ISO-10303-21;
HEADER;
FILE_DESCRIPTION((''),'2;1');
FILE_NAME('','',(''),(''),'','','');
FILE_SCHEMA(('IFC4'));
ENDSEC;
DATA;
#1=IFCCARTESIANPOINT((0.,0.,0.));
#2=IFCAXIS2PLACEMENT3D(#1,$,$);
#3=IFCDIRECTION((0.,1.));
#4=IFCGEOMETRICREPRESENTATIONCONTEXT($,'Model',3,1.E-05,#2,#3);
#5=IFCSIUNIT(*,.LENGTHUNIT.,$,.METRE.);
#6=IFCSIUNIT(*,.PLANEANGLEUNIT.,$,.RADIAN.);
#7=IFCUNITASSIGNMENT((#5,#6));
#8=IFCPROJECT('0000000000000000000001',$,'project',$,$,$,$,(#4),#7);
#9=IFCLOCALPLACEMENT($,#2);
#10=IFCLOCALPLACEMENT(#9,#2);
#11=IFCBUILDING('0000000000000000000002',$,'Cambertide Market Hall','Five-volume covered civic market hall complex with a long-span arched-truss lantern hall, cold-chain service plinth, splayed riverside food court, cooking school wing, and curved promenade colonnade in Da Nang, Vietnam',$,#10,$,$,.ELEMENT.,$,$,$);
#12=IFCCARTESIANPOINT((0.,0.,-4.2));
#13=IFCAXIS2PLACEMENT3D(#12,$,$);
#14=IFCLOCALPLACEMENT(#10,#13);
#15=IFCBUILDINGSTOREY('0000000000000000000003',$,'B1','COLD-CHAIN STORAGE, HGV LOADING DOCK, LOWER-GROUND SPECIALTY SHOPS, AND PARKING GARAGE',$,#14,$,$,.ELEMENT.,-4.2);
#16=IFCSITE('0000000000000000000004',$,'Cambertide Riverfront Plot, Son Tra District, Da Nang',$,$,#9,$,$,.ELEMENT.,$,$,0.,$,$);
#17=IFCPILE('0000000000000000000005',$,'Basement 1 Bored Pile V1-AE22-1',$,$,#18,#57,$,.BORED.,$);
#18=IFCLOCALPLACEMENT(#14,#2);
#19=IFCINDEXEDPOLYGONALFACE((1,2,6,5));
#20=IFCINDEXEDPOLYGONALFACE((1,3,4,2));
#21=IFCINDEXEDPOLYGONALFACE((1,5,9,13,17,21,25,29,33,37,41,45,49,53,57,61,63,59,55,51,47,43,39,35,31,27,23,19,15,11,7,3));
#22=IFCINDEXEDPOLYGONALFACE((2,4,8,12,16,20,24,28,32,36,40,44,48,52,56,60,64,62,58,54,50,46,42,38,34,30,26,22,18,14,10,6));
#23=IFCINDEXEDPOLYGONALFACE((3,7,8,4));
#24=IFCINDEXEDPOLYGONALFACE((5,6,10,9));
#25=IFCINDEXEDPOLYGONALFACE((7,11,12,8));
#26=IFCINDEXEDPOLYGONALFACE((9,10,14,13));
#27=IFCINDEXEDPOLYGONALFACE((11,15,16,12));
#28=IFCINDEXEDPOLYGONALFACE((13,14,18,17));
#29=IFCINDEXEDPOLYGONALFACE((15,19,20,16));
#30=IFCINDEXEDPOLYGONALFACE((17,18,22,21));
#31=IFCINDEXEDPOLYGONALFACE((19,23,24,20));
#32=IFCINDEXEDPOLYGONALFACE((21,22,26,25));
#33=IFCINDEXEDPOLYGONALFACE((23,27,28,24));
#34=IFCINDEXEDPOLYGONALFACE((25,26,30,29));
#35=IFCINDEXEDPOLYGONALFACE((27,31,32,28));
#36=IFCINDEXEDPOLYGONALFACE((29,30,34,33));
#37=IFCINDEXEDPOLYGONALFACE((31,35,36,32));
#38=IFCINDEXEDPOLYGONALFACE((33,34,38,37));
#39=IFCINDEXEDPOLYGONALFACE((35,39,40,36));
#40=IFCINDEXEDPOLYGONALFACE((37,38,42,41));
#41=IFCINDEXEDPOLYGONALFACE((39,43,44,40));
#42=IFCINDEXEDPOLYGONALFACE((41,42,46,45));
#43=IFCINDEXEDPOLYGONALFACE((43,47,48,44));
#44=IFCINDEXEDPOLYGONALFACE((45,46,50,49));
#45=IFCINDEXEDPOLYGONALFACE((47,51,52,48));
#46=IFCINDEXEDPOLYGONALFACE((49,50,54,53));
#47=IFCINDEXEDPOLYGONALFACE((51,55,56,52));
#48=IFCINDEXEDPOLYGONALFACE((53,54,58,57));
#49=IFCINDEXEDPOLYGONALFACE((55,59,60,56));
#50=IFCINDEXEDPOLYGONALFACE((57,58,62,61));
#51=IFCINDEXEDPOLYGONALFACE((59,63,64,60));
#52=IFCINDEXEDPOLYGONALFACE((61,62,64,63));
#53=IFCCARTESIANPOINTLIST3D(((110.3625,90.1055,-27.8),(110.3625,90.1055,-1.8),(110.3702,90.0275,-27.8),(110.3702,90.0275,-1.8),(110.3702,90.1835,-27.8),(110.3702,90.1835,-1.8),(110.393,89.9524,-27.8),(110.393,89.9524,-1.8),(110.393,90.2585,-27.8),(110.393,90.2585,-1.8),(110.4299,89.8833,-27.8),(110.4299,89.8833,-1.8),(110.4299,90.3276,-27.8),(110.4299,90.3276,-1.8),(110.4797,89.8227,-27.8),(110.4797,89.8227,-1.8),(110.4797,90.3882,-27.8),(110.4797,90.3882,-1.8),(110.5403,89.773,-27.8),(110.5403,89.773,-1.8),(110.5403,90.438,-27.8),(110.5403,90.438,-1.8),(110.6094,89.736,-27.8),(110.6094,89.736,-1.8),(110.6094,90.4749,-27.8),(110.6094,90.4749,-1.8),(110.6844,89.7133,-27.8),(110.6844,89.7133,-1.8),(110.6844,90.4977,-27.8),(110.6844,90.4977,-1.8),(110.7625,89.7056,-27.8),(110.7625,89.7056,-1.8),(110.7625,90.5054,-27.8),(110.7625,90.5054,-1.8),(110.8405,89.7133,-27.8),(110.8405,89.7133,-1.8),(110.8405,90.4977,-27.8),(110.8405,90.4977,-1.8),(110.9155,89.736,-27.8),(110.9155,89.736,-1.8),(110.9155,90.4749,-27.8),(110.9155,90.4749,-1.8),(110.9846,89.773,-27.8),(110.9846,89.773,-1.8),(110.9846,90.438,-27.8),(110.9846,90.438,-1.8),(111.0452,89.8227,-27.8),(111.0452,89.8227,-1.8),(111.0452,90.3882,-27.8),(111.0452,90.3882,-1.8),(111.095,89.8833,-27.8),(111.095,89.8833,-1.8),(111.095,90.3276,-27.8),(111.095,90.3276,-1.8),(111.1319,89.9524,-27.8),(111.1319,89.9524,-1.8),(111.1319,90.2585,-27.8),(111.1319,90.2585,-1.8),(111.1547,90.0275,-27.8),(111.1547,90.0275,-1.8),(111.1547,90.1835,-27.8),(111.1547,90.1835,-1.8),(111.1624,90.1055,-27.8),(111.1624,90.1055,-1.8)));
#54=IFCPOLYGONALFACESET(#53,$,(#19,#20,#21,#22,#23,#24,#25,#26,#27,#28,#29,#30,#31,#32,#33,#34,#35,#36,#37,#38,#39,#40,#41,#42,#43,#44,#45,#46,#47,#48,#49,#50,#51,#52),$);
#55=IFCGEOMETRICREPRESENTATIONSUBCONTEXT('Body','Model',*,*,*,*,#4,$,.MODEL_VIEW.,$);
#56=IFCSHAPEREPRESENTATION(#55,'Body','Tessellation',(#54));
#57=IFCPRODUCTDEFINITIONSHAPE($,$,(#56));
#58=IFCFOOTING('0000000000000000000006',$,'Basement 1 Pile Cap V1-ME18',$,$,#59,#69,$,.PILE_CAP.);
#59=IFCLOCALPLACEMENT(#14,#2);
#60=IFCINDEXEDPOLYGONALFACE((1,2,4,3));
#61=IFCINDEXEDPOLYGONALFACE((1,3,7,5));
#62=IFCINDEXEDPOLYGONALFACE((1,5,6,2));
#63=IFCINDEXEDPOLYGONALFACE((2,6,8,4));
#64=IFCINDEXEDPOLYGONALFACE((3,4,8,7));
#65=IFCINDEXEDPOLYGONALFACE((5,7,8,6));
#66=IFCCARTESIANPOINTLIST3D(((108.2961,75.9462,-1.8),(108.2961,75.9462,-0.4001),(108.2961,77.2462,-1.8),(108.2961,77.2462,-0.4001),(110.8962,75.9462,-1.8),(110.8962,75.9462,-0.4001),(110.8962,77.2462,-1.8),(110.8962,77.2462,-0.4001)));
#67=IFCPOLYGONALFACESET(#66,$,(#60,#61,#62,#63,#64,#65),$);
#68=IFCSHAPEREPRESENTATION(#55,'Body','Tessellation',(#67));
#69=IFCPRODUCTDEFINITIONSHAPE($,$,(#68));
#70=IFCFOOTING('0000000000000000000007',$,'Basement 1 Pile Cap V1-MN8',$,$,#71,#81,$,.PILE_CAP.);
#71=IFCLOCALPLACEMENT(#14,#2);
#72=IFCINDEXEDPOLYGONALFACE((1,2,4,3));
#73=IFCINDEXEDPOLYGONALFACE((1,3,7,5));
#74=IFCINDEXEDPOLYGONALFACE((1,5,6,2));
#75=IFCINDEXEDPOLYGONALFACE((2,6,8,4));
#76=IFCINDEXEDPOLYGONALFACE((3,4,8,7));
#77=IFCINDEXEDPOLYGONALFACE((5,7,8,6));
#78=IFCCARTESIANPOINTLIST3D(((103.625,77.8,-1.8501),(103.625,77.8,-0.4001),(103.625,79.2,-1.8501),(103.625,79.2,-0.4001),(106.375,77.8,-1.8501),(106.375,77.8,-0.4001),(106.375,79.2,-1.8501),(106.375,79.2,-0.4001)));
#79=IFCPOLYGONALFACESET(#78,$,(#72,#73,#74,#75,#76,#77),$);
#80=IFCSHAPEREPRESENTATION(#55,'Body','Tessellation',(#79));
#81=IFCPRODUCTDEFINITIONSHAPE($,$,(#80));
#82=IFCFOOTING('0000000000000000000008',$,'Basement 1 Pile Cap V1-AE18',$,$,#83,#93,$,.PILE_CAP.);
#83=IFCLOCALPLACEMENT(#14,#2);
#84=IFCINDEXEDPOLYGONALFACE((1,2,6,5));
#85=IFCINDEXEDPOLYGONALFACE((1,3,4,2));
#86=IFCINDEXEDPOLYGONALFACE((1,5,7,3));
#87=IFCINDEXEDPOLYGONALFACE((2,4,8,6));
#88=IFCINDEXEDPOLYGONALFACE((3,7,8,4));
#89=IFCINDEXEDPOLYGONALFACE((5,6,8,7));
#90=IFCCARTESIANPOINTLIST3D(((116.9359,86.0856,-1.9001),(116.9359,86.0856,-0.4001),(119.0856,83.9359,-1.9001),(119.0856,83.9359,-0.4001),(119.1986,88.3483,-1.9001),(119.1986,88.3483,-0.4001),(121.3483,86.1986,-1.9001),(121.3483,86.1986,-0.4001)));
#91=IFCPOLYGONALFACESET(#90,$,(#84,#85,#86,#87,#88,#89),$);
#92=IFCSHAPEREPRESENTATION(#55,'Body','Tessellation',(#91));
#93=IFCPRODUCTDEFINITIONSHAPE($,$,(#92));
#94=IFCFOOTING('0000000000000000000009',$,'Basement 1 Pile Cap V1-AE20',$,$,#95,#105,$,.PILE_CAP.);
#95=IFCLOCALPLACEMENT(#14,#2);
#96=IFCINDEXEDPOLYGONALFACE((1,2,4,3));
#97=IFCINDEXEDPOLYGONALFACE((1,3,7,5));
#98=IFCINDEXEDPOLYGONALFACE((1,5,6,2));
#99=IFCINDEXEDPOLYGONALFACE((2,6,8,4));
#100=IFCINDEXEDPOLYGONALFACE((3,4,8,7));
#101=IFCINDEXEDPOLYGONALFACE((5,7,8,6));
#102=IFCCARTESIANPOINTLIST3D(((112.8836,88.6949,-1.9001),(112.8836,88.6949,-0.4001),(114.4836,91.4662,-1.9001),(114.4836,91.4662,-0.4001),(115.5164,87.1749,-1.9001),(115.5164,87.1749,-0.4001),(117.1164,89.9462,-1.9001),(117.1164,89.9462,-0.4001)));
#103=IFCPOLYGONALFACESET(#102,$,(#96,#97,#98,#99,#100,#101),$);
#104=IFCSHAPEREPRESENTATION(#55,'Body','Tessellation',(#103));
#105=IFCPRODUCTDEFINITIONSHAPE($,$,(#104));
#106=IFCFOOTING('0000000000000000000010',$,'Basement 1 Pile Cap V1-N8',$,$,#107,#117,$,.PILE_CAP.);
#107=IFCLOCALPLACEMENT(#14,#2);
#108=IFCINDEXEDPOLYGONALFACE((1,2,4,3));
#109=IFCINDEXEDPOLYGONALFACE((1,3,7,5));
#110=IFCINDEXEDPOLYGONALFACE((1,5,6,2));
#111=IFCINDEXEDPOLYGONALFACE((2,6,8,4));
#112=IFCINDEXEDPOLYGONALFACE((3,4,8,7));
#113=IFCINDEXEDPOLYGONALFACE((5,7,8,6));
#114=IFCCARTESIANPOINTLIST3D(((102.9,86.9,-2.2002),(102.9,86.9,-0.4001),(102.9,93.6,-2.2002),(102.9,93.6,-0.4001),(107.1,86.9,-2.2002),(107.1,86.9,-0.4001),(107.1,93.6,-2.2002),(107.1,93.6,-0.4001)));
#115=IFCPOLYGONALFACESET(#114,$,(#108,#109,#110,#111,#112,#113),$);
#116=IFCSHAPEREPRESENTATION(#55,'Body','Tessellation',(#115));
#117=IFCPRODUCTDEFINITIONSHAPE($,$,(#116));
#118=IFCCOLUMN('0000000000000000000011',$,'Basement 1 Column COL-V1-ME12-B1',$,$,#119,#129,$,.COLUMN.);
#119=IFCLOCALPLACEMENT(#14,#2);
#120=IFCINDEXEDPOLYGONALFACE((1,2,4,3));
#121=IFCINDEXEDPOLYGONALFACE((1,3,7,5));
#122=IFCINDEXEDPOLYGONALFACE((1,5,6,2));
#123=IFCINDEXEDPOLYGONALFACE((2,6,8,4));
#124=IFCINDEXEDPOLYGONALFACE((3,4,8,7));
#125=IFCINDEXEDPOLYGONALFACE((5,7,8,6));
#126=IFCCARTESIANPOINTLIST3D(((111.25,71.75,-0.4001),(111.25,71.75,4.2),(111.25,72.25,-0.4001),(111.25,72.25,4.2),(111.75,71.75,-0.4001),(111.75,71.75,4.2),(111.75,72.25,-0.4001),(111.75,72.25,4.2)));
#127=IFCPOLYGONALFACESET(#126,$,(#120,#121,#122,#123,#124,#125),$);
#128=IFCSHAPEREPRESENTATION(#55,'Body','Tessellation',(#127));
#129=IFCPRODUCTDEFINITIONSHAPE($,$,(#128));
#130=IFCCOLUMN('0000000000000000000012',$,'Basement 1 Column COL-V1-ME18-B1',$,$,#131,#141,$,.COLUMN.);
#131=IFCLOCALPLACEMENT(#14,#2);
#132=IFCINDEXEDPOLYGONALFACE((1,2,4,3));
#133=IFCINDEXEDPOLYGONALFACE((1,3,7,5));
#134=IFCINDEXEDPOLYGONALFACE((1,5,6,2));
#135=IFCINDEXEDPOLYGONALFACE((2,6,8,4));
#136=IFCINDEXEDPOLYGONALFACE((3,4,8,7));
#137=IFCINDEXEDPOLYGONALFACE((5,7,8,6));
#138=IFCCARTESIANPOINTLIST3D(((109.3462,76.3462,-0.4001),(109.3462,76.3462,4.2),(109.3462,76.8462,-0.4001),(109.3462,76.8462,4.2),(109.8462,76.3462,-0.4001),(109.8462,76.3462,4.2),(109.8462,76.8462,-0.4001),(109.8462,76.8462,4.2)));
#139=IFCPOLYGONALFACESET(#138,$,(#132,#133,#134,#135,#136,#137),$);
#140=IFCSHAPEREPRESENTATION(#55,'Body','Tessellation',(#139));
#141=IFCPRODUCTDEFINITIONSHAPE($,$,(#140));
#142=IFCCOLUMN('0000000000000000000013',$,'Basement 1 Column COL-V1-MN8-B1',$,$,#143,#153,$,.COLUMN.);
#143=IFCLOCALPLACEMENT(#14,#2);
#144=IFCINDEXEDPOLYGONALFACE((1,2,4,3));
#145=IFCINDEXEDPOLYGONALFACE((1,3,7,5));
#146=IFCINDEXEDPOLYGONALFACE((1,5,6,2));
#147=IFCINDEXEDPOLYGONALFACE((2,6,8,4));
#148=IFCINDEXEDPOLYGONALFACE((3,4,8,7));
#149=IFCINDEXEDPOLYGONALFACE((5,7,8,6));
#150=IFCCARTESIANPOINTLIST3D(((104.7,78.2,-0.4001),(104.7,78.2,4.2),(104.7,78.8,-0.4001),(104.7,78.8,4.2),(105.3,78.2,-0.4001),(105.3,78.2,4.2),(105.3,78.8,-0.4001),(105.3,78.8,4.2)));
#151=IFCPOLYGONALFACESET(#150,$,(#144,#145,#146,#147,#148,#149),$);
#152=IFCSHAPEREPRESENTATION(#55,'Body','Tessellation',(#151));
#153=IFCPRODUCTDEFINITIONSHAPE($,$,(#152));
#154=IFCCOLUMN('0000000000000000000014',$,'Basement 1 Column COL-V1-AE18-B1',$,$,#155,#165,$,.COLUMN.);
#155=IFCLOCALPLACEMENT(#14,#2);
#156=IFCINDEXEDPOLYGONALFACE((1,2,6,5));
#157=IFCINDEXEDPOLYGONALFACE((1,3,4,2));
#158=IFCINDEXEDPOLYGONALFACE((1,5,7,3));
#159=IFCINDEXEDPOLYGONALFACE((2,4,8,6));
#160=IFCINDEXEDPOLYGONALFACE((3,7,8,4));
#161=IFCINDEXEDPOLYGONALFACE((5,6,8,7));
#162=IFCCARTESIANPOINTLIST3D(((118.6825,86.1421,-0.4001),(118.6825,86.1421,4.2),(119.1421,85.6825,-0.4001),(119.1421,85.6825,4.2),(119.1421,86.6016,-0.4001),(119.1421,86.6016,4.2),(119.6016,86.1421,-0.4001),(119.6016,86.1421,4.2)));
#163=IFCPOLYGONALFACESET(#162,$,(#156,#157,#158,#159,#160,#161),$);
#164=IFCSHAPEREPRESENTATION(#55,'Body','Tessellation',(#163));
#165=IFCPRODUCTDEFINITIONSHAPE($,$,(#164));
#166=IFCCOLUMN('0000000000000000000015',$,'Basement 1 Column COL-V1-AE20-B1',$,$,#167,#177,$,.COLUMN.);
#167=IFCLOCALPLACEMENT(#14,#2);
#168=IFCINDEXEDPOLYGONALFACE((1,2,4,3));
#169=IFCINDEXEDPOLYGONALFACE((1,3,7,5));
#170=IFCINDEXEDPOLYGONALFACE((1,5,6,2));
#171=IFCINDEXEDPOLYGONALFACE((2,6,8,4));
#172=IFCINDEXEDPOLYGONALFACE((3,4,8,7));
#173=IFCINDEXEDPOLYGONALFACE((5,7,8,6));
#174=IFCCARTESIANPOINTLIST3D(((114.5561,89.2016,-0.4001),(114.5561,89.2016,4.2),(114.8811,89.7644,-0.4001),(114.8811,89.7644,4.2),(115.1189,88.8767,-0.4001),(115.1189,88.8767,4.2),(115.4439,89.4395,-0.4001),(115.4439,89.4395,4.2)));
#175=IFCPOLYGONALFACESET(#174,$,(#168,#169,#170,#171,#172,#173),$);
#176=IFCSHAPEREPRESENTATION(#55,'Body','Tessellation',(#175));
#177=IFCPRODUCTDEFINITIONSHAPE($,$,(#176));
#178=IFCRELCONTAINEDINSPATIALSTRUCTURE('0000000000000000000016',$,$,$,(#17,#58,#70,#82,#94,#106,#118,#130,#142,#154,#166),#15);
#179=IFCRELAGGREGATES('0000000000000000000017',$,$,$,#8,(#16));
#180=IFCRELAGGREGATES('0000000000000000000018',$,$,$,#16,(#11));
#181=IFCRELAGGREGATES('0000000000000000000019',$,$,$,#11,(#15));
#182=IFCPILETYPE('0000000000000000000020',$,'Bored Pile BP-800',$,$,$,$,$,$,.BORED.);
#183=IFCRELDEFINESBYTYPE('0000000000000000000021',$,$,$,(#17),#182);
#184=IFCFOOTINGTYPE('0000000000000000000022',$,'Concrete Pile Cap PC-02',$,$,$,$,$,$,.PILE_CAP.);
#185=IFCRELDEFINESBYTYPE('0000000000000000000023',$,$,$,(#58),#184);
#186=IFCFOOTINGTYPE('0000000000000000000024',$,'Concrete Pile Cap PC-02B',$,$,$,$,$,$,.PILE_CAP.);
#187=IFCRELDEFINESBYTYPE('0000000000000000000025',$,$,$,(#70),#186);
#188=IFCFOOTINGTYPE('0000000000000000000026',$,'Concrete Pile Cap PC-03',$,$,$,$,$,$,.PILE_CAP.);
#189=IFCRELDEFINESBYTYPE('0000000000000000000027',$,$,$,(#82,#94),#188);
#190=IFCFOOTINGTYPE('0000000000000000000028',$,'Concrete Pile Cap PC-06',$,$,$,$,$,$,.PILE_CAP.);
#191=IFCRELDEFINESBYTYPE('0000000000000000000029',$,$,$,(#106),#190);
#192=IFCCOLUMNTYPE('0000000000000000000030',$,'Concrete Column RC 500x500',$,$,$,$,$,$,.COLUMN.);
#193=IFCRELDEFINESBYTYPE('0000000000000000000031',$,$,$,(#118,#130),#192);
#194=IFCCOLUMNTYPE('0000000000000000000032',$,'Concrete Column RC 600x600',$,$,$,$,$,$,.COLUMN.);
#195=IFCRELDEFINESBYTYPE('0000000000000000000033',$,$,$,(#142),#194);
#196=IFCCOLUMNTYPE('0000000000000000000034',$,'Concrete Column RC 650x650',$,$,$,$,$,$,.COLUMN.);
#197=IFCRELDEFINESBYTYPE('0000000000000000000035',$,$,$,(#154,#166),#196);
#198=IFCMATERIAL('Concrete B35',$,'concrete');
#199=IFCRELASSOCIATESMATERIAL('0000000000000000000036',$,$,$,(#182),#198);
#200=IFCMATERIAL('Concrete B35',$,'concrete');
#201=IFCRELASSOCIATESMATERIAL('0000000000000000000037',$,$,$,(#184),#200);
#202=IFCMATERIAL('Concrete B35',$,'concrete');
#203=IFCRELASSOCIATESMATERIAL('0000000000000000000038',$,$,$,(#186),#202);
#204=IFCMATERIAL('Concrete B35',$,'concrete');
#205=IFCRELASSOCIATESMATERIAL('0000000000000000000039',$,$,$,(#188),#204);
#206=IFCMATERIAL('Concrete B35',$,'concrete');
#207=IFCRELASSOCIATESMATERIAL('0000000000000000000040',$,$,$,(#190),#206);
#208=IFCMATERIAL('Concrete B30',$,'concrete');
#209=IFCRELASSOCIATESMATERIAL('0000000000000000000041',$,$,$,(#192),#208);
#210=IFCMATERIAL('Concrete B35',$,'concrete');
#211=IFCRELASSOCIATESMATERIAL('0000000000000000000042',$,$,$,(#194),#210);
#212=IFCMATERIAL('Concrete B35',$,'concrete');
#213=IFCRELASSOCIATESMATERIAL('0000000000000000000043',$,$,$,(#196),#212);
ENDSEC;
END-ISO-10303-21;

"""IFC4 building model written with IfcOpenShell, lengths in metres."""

from ifc_helpers import new_model, si_unit, direction, frame, origin, origin_2d, place, context, subcontext, project, spatial, rectangle, circle, extrude, material, material_profile, profile_set, type_object, element, save


model = new_model("IFC4")

# Units and contexts
model_context = context("Model", 3, precision=1e-05, world=origin(), true_north=direction((0.0, 1.0)))
body_context = subcontext(model_context, "Body", "Model", "MODEL_VIEW")
ifc_project = project(units=[si_unit("LENGTHUNIT", "METRE"), si_unit("PLANEANGLEUNIT", "RADIAN")], contexts=[model_context])

# Site, building, storey
site_placement = place(None, origin())
site = spatial("IfcSite", under=ifc_project, at=site_placement, Name="Cambertide Riverfront Plot, Son Tra District, Da Nang", CompositionType="ELEMENT", RefElevation=0.0)
building_placement = place(site_placement, origin())
building = spatial("IfcBuilding", under=site, at=building_placement, Name="Cambertide Market Hall", Description="Five-volume covered civic market hall complex with a long-span arched-truss lantern hall, cold-chain service plinth, splayed riverside food court, cooking school wing, and curved promenade colonnade in Da Nang, Vietnam", CompositionType="ELEMENT")
storey_placement = place(building_placement, frame((0.0, 0.0, -4.2)))
storey = spatial("IfcBuildingStorey", under=building, at=storey_placement, Name="B1", Description="COLD-CHAIN STORAGE, HGV LOADING DOCK, LOWER-GROUND SPECIALTY SHOPS, AND PARKING GARAGE", CompositionType="ELEMENT", Elevation=-4.2)

# Pile
ifc_material_1 = material(Name="Concrete B35", Category="concrete")
ifc_material_profile_1 = material_profile(ifc_material_1, circle(Radius=0.3999, at=origin_2d()), Name="BP D800")
ifc_profile_set_1 = profile_set([ifc_material_profile_1], Name="Concrete B35")
pile_type_1 = type_object("IfcPileType", Name="Bored Pile BP-800", PredefinedType="BORED", material=ifc_profile_set_1)
for number, where, z_axis, x_axis, name in (
    (1, (110.7625, 90.1055, -1.8), (0.0, 0.0, -1.0), (1.0, 0.0, 0.0), "Basement 1 Bored Pile V1-AE22-1"),
):
    element("IfcPile", number, at=place(storey_placement, frame(where, z_axis=z_axis, x_axis=x_axis)), inside=storey, type_object=pile_type_1, Name=name, PredefinedType="BORED", context=body_context, shape_type="SweptSolid", body=[
        extrude(circle(Radius=0.3999, at=origin_2d()), origin(), (0.0, 0.0, 1.0), 26.0),
    ])

# Footings
ifc_material_2 = material(Name="Concrete B35", Category="concrete")
footing_type_1 = type_object("IfcFootingType", Name="Concrete Pile Cap PC-02", PredefinedType="PILE_CAP", material=ifc_material_2)
footing_1_placement = place(storey_placement, frame((109.5962, 76.5962, -1.8), z_axis=(0.0, 0.0, 1.0), x_axis=(1.0, 0.0, 0.0)))
element("IfcFooting", 2, at=footing_1_placement, inside=storey, type_object=footing_type_1, Name="Basement 1 Pile Cap V1-ME18", PredefinedType="PILE_CAP", context=body_context, shape_type="SweptSolid", body=[
    extrude(rectangle(XDim=2.6001, YDim=1.3, at=origin_2d()), origin(), (0.0, 0.0, 1.0), 1.3999),
])
ifc_material_3 = material(Name="Concrete B35", Category="concrete")
footing_type_2 = type_object("IfcFootingType", Name="Concrete Pile Cap PC-02B", PredefinedType="PILE_CAP", material=ifc_material_3)
footing_2_placement = place(storey_placement, frame((105.0, 78.5, -1.8501), z_axis=(0.0, 0.0, 1.0), x_axis=(1.0, 0.0, 0.0)))
element("IfcFooting", 3, at=footing_2_placement, inside=storey, type_object=footing_type_2, Name="Basement 1 Pile Cap V1-MN8", PredefinedType="PILE_CAP", context=body_context, shape_type="SweptSolid", body=[
    extrude(rectangle(XDim=2.75, YDim=1.3999, at=origin_2d()), origin(), (0.0, 0.0, 1.0), 1.45),
])
ifc_material_4 = material(Name="Concrete B35", Category="concrete")
footing_type_3 = type_object("IfcFootingType", Name="Concrete Pile Cap PC-03", PredefinedType="PILE_CAP", material=ifc_material_4)
for number, where, z_axis, x_axis, name in (
    (4, (119.1421, 86.1421, -1.9001), (0.0, 0.0, 1.0), (0.707107, 0.707107, 0.0), "Basement 1 Pile Cap V1-AE18"),
    (5, (115.0, 89.3206, -1.9001), (0.0, 0.0, 1.0), (0.5, 0.866025, 0.0), "Basement 1 Pile Cap V1-AE20"),
):
    element("IfcFooting", number, at=place(storey_placement, frame(where, z_axis=z_axis, x_axis=x_axis)), inside=storey, type_object=footing_type_3, Name=name, PredefinedType="PILE_CAP", context=body_context, shape_type="SweptSolid", body=[
        extrude(rectangle(XDim=3.2, YDim=3.04, at=origin_2d()), origin(), (0.0, 0.0, 1.0), 1.5),
    ])
ifc_material_5 = material(Name="Concrete B35", Category="concrete")
footing_type_4 = type_object("IfcFootingType", Name="Concrete Pile Cap PC-06", PredefinedType="PILE_CAP", material=ifc_material_5)
footing_3_placement = place(storey_placement, frame((105.0, 90.25, -2.2002), z_axis=(0.0, 0.0, 1.0), x_axis=(1.0, 0.0, 0.0)))
element("IfcFooting", 6, at=footing_3_placement, inside=storey, type_object=footing_type_4, Name="Basement 1 Pile Cap V1-N8", PredefinedType="PILE_CAP", context=body_context, shape_type="SweptSolid", body=[
    extrude(rectangle(XDim=4.2, YDim=6.7, at=origin_2d()), origin(), (0.0, 0.0, 1.0), 1.8),
])

# Columns
ifc_material_6 = material(Name="Concrete B30", Category="concrete")
ifc_material_profile_2 = material_profile(ifc_material_6, rectangle(XDim=0.5, YDim=0.5, at=origin_2d()), Name="RC 500x500")
ifc_profile_set_2 = profile_set([ifc_material_profile_2], Name="Concrete B30")
column_type_1 = type_object("IfcColumnType", Name="Concrete Column RC 500x500", PredefinedType="COLUMN", material=ifc_profile_set_2)
for number, where, z_axis, x_axis, name in (
    (7, (111.5, 72.0, -0.4001), (0.0, 0.0, 1.0), (1.0, 0.0, 0.0), "Basement 1 Column COL-V1-ME12-B1"),
    (8, (109.5962, 76.5962, -0.4001), (0.0, 0.0, 1.0), (1.0, 0.0, 0.0), "Basement 1 Column COL-V1-ME18-B1"),
):
    element("IfcColumn", number, at=place(storey_placement, frame(where, z_axis=z_axis, x_axis=x_axis)), inside=storey, type_object=column_type_1, Name=name, PredefinedType="COLUMN", context=body_context, shape_type="SweptSolid", body=[
        extrude(rectangle(XDim=0.5, YDim=0.5, at=origin_2d()), origin(), (0.0, 0.0, 1.0), 4.6001),
    ])
ifc_material_7 = material(Name="Concrete B35", Category="concrete")
ifc_material_profile_3 = material_profile(ifc_material_7, rectangle(XDim=0.6001, YDim=0.6001, at=origin_2d()), Name="RC 600x600")
ifc_profile_set_3 = profile_set([ifc_material_profile_3], Name="Concrete B35")
column_type_2 = type_object("IfcColumnType", Name="Concrete Column RC 600x600", PredefinedType="COLUMN", material=ifc_profile_set_3)
column_placement = place(storey_placement, frame((105.0, 78.5, -0.4001), z_axis=(0.0, 0.0, 1.0), x_axis=(1.0, 0.0, 0.0)))
element("IfcColumn", 9, at=column_placement, inside=storey, type_object=column_type_2, Name="Basement 1 Column COL-V1-MN8-B1", PredefinedType="COLUMN", context=body_context, shape_type="SweptSolid", body=[
    extrude(rectangle(XDim=0.6001, YDim=0.6001, at=origin_2d()), origin(), (0.0, 0.0, 1.0), 4.6001),
])
ifc_material_8 = material(Name="Concrete B35", Category="concrete")
ifc_material_profile_4 = material_profile(ifc_material_8, rectangle(XDim=0.6499, YDim=0.6499, at=origin_2d()), Name="RC 650x650")
ifc_profile_set_4 = profile_set([ifc_material_profile_4], Name="Concrete B35")
column_type_3 = type_object("IfcColumnType", Name="Concrete Column RC 650x650", PredefinedType="COLUMN", material=ifc_profile_set_4)
for number, where, z_axis, x_axis, name in (
    (10, (119.1421, 86.1421, -0.4001), (0.0, 0.0, 1.0), (0.707107, 0.707107, 0.0), "Basement 1 Column COL-V1-AE18-B1"),
    (11, (115.0, 89.3206, -0.4001), (0.0, 0.0, 1.0), (0.5, 0.866025, 0.0), "Basement 1 Column COL-V1-AE20-B1"),
):
    element("IfcColumn", number, at=place(storey_placement, frame(where, z_axis=z_axis, x_axis=x_axis)), inside=storey, type_object=column_type_3, Name=name, PredefinedType="COLUMN", context=body_context, shape_type="SweptSolid", body=[
        extrude(rectangle(XDim=0.6499, YDim=0.6499, at=origin_2d()), origin(), (0.0, 0.0, 1.0), 4.6001),
    ])

save(model, "model.ifc")
